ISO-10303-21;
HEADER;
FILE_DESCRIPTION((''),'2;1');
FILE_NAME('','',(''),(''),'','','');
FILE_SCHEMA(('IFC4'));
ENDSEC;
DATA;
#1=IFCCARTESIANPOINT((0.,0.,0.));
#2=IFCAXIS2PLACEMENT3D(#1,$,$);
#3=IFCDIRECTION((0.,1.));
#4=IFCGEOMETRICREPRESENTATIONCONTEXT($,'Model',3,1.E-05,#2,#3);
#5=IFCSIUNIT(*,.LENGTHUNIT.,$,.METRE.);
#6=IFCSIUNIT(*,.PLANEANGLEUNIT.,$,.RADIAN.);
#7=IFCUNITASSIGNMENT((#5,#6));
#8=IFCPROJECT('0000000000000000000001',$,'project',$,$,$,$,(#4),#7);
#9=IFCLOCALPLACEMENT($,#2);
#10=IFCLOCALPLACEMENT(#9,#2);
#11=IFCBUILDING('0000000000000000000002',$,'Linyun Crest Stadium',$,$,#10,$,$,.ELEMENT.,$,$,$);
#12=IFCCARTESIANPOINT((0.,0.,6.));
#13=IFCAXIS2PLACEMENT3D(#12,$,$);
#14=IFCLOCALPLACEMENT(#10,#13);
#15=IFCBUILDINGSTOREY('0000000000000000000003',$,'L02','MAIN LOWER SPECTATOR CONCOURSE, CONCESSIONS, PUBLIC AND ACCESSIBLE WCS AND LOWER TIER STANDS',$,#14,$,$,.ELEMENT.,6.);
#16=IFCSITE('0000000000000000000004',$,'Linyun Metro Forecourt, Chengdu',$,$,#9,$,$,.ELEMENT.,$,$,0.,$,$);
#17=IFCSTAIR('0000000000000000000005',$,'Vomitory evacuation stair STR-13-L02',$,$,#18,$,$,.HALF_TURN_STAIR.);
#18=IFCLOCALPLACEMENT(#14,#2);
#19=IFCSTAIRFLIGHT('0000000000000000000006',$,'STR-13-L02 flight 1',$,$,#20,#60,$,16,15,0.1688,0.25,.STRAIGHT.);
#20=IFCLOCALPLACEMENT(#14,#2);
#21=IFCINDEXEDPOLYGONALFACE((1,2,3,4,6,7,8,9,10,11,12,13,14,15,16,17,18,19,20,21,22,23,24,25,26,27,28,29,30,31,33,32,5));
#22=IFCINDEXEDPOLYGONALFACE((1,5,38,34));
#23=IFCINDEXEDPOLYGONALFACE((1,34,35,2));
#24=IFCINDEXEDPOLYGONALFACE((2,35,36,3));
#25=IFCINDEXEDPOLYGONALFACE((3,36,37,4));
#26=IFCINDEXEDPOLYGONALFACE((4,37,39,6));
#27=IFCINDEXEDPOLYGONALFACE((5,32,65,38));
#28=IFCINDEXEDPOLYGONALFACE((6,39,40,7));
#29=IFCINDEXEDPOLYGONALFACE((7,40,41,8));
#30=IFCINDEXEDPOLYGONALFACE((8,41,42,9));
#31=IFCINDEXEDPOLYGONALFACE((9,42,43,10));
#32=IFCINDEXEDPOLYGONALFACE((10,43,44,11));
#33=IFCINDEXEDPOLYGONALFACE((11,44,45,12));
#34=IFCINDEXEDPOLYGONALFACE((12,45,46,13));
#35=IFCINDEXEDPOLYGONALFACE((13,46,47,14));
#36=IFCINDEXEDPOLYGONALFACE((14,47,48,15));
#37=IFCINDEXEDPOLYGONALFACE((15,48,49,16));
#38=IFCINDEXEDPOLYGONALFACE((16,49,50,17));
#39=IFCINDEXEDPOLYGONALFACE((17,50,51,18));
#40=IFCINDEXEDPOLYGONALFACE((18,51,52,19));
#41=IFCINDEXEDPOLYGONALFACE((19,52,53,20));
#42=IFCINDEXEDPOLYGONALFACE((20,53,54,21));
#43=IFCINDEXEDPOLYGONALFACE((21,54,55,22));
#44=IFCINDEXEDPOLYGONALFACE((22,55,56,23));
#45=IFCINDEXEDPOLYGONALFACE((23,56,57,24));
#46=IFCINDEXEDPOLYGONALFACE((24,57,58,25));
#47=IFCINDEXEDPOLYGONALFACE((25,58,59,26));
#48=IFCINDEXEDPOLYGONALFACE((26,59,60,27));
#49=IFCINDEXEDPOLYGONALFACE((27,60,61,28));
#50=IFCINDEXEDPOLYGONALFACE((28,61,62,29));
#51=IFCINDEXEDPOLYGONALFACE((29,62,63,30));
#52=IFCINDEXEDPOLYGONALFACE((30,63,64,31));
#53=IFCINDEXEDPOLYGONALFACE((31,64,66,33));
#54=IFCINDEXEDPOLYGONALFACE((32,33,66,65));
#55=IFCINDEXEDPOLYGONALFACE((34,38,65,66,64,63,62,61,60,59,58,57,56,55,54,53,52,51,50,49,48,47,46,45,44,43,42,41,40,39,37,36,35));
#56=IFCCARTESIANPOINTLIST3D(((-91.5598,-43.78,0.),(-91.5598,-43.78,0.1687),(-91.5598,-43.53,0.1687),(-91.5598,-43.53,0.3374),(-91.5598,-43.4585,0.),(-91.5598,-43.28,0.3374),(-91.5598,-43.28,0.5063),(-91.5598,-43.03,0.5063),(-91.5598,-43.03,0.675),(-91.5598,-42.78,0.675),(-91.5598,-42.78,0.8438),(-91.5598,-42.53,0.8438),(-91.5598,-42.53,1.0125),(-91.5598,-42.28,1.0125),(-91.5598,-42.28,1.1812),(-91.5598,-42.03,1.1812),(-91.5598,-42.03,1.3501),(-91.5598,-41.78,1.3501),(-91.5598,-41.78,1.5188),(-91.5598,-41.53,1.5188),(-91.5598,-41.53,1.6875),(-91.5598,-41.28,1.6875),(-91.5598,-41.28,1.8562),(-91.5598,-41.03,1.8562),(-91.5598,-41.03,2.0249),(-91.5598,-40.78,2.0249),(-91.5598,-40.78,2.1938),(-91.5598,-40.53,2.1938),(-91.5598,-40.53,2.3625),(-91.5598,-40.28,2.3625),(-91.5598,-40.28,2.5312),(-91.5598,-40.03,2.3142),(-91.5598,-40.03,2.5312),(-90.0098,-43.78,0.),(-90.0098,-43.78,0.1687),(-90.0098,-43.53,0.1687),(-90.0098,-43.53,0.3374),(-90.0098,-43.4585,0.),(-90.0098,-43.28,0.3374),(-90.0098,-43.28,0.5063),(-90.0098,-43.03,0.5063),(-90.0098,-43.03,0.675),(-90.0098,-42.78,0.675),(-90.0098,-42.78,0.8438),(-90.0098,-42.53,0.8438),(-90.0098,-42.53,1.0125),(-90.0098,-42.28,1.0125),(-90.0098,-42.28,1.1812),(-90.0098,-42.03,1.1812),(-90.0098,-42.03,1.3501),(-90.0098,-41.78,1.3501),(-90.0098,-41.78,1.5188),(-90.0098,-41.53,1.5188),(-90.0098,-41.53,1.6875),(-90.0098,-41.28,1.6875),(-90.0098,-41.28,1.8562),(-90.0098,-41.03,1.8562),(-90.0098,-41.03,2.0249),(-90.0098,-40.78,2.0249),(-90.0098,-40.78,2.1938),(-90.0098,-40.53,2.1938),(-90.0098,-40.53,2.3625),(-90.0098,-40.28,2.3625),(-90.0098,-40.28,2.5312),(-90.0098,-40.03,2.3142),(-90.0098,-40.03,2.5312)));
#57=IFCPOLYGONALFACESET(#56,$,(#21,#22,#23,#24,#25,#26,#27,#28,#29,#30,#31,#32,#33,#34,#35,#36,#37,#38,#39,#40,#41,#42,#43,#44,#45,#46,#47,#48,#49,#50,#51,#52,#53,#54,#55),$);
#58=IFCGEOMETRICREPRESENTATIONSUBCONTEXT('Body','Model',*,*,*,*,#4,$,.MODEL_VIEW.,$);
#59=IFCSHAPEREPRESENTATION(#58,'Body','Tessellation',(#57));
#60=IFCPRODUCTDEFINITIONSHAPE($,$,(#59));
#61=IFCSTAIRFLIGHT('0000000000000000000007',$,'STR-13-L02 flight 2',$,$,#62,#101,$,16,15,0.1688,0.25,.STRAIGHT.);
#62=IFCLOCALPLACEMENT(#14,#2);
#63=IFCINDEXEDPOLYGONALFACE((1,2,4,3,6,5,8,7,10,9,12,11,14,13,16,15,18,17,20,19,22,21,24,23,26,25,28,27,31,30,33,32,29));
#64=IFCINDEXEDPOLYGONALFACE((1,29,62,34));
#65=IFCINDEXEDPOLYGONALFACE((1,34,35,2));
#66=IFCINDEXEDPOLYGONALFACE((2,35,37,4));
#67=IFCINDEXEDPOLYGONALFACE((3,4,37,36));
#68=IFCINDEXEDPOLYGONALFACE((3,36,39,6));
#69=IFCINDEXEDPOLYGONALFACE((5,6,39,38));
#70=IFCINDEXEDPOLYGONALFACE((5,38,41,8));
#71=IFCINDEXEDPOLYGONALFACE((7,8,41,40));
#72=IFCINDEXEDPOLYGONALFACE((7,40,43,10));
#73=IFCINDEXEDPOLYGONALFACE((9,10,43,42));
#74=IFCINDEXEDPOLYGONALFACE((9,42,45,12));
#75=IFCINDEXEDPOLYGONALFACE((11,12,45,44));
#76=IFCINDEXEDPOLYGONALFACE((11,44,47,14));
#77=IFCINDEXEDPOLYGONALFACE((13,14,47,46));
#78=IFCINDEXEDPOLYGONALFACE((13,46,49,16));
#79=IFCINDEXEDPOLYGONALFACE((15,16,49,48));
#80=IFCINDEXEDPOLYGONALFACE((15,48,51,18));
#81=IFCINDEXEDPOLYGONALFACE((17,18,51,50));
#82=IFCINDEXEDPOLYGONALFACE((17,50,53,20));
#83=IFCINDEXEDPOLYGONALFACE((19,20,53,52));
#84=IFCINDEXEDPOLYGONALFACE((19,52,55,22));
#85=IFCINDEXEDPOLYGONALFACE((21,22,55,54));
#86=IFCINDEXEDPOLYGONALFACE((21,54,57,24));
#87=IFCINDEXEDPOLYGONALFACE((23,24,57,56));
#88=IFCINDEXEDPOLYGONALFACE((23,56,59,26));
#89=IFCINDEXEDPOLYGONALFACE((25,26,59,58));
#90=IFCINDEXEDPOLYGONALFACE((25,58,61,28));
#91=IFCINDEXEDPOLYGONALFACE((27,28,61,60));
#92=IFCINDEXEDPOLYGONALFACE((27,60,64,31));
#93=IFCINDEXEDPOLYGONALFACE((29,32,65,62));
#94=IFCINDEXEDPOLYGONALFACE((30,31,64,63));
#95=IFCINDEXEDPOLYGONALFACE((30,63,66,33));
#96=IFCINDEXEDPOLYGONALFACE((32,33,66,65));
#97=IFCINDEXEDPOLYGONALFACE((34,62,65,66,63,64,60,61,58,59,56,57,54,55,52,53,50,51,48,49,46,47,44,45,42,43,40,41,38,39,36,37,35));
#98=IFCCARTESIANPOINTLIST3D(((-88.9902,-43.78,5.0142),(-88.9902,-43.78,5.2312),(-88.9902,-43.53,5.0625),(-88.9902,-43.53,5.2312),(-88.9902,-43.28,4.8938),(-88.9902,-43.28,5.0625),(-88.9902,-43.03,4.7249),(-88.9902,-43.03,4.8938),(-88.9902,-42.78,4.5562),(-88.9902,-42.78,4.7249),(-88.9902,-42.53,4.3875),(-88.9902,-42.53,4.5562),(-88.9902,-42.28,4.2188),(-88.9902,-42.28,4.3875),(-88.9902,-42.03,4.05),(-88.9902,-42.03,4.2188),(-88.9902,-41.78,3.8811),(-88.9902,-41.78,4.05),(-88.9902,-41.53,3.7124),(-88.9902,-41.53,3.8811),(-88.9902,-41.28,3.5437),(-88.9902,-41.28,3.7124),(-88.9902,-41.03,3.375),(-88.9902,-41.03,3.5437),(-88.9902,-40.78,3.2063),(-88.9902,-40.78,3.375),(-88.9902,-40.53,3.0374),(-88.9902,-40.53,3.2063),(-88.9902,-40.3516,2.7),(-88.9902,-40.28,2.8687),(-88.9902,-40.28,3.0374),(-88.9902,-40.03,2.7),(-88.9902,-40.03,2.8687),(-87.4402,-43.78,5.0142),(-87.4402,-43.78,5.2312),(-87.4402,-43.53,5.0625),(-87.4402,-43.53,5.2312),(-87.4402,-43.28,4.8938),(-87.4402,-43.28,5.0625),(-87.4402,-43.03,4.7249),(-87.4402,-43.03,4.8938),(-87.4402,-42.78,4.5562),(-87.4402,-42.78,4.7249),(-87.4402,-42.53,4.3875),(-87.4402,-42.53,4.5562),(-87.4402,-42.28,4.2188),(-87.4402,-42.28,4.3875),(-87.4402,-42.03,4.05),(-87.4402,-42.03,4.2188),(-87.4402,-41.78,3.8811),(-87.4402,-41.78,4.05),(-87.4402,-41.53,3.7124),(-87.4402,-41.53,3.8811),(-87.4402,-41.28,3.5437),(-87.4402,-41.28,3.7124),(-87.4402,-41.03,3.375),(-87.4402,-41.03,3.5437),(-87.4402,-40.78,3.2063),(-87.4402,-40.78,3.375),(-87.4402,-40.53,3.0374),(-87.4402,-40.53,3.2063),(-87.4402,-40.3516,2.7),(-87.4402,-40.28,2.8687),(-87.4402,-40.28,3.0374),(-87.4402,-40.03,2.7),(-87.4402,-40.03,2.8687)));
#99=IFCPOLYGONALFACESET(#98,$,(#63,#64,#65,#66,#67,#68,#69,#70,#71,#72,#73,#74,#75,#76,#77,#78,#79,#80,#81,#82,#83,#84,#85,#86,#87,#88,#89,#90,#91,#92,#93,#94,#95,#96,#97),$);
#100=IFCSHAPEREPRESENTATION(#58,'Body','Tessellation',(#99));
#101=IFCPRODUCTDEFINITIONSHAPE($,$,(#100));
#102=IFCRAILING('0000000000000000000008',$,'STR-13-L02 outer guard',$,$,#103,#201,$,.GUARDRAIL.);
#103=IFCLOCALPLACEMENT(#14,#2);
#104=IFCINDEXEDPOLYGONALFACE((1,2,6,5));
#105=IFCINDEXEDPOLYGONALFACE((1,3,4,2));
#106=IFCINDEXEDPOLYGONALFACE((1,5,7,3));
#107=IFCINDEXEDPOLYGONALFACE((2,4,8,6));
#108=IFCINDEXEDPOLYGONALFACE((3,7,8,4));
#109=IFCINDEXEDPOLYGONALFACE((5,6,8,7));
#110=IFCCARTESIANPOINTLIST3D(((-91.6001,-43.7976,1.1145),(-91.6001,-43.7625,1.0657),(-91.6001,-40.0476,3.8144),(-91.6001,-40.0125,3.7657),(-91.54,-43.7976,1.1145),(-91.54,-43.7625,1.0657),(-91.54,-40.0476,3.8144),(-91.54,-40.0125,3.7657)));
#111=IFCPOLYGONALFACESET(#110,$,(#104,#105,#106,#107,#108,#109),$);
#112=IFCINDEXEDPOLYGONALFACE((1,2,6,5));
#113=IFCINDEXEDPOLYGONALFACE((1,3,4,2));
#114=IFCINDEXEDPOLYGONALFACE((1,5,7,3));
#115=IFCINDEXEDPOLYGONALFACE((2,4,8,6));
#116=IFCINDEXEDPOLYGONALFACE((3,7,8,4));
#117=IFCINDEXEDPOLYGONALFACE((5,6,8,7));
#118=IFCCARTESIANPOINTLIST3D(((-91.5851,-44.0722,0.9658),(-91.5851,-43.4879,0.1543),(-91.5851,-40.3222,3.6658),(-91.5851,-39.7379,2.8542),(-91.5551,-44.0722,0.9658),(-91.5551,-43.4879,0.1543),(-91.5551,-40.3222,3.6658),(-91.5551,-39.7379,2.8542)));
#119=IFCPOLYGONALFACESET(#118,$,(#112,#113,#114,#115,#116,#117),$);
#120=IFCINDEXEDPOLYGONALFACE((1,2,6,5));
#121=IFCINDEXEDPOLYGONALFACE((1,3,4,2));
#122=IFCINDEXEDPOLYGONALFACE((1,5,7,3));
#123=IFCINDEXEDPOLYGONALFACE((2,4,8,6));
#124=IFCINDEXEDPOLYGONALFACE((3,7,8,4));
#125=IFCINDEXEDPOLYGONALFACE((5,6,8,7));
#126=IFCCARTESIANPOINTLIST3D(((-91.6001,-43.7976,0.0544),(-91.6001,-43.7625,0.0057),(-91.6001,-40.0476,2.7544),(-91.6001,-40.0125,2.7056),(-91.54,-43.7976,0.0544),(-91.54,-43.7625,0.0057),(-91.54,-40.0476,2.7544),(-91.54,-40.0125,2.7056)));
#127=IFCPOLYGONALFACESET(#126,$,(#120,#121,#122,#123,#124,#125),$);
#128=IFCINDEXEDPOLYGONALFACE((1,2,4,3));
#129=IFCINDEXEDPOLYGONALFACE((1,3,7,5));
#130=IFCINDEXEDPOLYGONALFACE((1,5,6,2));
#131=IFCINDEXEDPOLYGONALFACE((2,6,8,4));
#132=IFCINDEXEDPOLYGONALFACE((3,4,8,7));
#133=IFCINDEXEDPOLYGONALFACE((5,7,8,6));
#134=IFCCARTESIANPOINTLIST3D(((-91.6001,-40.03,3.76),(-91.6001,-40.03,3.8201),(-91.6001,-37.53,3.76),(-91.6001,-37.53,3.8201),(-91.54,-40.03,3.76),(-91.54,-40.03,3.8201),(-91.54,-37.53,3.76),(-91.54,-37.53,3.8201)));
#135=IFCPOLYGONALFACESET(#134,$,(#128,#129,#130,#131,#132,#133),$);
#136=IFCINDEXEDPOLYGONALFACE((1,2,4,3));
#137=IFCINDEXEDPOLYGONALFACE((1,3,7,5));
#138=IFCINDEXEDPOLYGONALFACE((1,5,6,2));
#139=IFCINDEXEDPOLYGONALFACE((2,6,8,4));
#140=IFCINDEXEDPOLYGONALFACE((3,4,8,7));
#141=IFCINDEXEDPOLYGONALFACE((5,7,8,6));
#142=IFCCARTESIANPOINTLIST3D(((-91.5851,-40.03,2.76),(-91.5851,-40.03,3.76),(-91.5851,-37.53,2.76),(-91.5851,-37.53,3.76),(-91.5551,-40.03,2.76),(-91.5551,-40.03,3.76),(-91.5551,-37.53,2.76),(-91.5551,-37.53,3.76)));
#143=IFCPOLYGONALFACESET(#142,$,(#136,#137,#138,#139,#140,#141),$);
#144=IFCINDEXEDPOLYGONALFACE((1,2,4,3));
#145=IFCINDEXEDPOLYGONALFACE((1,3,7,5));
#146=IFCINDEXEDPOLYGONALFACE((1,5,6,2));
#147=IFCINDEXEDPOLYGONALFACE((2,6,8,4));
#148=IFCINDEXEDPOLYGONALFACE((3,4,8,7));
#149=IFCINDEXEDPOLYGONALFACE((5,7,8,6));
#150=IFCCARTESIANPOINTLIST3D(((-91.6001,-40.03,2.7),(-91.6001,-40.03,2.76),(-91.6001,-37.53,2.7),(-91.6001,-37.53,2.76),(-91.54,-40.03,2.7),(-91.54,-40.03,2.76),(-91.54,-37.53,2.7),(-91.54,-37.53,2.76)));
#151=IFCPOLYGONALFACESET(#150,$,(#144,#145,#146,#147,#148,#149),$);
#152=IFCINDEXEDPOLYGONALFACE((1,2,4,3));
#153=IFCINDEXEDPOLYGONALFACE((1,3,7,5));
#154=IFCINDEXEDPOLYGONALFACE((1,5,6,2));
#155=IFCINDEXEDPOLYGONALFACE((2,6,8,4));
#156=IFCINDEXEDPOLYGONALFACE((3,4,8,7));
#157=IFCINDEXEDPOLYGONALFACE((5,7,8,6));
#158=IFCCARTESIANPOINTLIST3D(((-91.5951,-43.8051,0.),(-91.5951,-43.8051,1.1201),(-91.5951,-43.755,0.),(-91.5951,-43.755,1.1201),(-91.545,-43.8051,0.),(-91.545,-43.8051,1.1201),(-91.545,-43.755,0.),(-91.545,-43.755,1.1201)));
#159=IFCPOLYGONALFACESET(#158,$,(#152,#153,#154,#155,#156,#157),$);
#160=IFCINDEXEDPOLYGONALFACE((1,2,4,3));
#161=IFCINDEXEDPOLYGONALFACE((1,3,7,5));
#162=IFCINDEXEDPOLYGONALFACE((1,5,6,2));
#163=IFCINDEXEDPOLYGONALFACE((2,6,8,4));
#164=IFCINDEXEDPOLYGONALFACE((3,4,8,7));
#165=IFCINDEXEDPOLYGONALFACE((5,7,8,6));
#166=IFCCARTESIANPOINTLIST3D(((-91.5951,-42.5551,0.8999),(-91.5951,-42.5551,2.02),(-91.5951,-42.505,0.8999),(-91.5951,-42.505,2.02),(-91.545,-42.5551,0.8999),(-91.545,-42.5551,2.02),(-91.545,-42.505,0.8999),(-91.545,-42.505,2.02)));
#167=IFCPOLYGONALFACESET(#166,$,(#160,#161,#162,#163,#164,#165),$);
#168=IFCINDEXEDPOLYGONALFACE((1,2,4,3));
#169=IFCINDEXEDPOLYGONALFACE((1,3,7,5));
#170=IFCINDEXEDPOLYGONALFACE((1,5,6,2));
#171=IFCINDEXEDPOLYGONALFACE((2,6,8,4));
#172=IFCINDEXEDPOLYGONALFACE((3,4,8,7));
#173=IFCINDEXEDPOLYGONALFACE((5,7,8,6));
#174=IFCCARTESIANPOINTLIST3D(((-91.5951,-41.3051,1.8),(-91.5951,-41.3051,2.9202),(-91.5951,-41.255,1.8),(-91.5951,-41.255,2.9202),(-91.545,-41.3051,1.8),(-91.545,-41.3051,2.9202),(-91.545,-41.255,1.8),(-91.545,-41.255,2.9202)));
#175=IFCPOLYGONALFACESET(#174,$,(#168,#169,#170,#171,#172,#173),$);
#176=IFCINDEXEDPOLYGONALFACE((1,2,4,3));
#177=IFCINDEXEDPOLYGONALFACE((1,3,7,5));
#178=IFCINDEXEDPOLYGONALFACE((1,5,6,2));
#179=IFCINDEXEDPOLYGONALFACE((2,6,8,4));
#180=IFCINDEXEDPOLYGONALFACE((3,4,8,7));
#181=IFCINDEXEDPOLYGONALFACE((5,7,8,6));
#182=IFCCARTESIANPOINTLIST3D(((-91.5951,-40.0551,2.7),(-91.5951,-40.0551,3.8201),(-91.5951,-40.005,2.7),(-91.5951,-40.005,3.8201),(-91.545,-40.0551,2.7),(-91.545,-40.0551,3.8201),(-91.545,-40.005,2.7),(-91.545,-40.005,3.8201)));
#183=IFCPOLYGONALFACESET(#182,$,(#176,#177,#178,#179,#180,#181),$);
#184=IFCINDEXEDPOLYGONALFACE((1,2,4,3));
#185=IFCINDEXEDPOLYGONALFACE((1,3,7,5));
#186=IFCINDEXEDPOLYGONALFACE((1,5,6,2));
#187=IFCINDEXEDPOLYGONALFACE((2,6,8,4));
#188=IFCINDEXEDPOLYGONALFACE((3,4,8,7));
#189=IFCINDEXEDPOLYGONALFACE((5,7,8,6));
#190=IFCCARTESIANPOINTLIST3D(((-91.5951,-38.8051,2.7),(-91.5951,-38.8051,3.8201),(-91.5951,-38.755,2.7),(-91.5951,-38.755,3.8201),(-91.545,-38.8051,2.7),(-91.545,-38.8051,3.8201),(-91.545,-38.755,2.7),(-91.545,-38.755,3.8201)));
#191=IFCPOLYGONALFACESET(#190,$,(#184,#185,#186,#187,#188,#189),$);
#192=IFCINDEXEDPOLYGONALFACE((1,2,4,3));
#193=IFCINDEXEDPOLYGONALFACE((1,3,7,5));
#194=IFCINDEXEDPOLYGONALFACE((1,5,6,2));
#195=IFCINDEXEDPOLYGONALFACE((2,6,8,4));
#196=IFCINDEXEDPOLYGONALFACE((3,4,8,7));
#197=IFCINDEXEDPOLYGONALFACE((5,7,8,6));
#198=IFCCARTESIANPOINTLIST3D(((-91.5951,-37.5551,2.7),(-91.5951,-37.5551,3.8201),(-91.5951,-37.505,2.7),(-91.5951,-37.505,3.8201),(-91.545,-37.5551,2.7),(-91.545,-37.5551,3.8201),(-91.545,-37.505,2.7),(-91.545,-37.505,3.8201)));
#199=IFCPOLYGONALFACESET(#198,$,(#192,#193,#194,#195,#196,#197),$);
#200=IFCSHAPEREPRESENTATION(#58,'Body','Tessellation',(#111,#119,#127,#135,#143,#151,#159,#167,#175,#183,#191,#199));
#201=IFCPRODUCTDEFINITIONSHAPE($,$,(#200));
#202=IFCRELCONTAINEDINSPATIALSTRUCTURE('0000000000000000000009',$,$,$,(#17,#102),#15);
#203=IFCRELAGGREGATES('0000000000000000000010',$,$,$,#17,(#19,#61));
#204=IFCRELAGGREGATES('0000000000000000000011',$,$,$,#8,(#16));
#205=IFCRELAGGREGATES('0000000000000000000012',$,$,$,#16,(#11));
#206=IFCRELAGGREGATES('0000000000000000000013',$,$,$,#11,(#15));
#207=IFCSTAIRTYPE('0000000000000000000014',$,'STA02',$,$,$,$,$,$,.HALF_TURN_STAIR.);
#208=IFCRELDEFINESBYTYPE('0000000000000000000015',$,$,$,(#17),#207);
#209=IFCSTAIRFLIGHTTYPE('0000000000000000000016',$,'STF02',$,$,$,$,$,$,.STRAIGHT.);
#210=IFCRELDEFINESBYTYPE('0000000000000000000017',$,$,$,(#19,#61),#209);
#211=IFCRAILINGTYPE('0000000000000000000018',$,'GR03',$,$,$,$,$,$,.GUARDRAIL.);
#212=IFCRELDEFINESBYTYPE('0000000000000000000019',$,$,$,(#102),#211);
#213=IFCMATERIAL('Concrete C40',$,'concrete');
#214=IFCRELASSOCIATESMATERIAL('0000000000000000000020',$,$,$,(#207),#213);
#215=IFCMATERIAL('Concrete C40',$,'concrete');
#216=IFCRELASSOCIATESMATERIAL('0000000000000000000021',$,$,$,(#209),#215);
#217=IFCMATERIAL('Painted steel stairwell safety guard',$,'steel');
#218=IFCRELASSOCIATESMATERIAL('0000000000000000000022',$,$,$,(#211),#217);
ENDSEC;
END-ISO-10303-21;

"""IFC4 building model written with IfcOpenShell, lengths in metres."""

from ifc_helpers import new_model, si_unit, direction, frame, origin, origin_2d, place, context, subcontext, project, spatial, polyline, rectangle, outline, extrude, material, type_object, element, aggregate, save


model = new_model("IFC4")

# Units and contexts
model_context = context("Model", 3, precision=1e-05, world=origin(), true_north=direction((0.0, 1.0)))
body_context = subcontext(model_context, "Body", "Model", "MODEL_VIEW")
ifc_project = project(units=[si_unit("LENGTHUNIT", "METRE"), si_unit("PLANEANGLEUNIT", "RADIAN")], contexts=[model_context])

# Site, building, storey
site_placement = place(None, origin())
site = spatial("IfcSite", under=ifc_project, at=site_placement, Name="Linyun Metro Forecourt, Chengdu", CompositionType="ELEMENT", RefElevation=0.0)
building_placement = place(site_placement, origin())
building = spatial("IfcBuilding", under=site, at=building_placement, Name="Linyun Crest Stadium", CompositionType="ELEMENT")
storey_placement = place(building_placement, frame((0.0, 0.0, 6.0)))
storey = spatial("IfcBuildingStorey", under=building, at=storey_placement, Name="L02", Description="MAIN LOWER SPECTATOR CONCOURSE, CONCESSIONS, PUBLIC AND ACCESSIBLE WCS AND LOWER TIER STANDS", CompositionType="ELEMENT", Elevation=6.0)

# Stair, stair flights
ifc_material_1 = material(Name="Concrete C40", Category="concrete")
stair_type = type_object("IfcStairType", Name="STA02", PredefinedType="HALF_TURN_STAIR", material=ifc_material_1)
stair_placement = place(storey_placement, origin())
stair = element("IfcStair", 1, at=stair_placement, inside=storey, type_object=stair_type, Name="Vomitory evacuation stair STR-13-L02", PredefinedType="HALF_TURN_STAIR")
ifc_material_2 = material(Name="Concrete C40", Category="concrete")
stair_flight_type = type_object("IfcStairFlightType", Name="STF02", PredefinedType="STRAIGHT", material=ifc_material_2)
stair_flight_1_placement = place(storey_placement, frame((-90.7849, -43.78, 0.0), z_axis=(0.0, 0.0, 1.0), x_axis=(0.0, 1.0, 0.0)))
stair_flight_1 = element("IfcStairFlight", 2, at=stair_flight_1_placement, type_object=stair_flight_type, Name="STR-13-L02 flight 1", NumberOfRisers=16, NumberOfTreads=15, PredefinedType="STRAIGHT", RiserHeight=0.1688, TreadLength=0.25, context=body_context, shape_type="SweptSolid", body=[
    extrude(outline(polyline([(0.0, 0.0), (0.0, 0.1687), (0.25, 0.1687), (0.25, 0.3374), (0.5, 0.3374), (0.5, 0.5063), (0.75, 0.5063), (0.75, 0.675), (1.0, 0.675), (1.0, 0.8438), (1.25, 0.8438), (1.25, 1.0125), (1.5, 1.0125), (1.5, 1.1812), (1.75, 1.1812), (1.75, 1.3501), (2.0, 1.3501), (2.0, 1.5188), (2.25, 1.5188), (2.25, 1.6875), (2.5, 1.6875), (2.5, 1.8562), (2.75, 1.8562), (2.75, 2.0249), (3.0, 2.0249), (3.0, 2.1938), (3.25, 2.1938), (3.25, 2.3625), (3.5, 2.3625), (3.5, 2.5312), (3.75, 2.5312), (3.75, 2.7), (3.75, 2.3142), (0.3215, 0.0), (0.0, 0.0)])), frame((0.0, 0.7749, 0.0), z_axis=(0.0, -1.0, 0.0), x_axis=(1.0, 0.0, 0.0)), (0.0, 0.0, 1.0), 1.55),
])
stair_flight_2_placement = place(storey_placement, frame((-88.2151, -40.03, 2.7), z_axis=(0.0, 0.0, 1.0), x_axis=(0.0, -1.0, 0.0)))
stair_flight_2 = element("IfcStairFlight", 3, at=stair_flight_2_placement, type_object=stair_flight_type, Name="STR-13-L02 flight 2", NumberOfRisers=16, NumberOfTreads=15, PredefinedType="STRAIGHT", RiserHeight=0.1688, TreadLength=0.25, context=body_context, shape_type="SweptSolid", body=[
    extrude(outline(polyline([(0.0, 0.0), (0.0, 0.1687), (0.25, 0.1687), (0.25, 0.3374), (0.5, 0.3374), (0.5, 0.5063), (0.75, 0.5063), (0.75, 0.675), (1.0, 0.675), (1.0, 0.8438), (1.25, 0.8438), (1.25, 1.0125), (1.5, 1.0125), (1.5, 1.1812), (1.75, 1.1812), (1.75, 1.3501), (2.0, 1.3501), (2.0, 1.5188), (2.25, 1.5188), (2.25, 1.6875), (2.5, 1.6875), (2.5, 1.8562), (2.75, 1.8562), (2.75, 2.0249), (3.0, 2.0249), (3.0, 2.1938), (3.25, 2.1938), (3.25, 2.3625), (3.5, 2.3625), (3.5, 2.5312), (3.75, 2.5312), (3.75, 2.7), (3.75, 2.3142), (0.3215, 0.0), (0.0, 0.0)])), frame((0.0, 0.7749, 0.0), z_axis=(0.0, -1.0, 0.0), x_axis=(1.0, 0.0, 0.0)), (0.0, 0.0, 1.0), 1.55),
])
aggregate(stair, [stair_flight_1, stair_flight_2])

# Railing
ifc_material_3 = material(Name="Painted steel stairwell safety guard", Category="steel")
railing_type_1 = type_object("IfcRailingType", Name="GR03", PredefinedType="GUARDRAIL", material=ifc_material_3)
railing_1_placement = place(storey_placement, frame((-91.5701, -43.78, 0.0)))
element("IfcRailing", 4, at=railing_1_placement, inside=storey, type_object=railing_type_1, Name="STR-13-L02 outer guard", PredefinedType="GUARDRAIL", context=body_context, shape_type="SweptSolid", body=[
    extrude(rectangle(XDim=0.0601, YDim=0.0601, at=origin_2d()), frame((0.0, 0.0, 1.0901), z_axis=(0.0, 0.811539, 0.584298), x_axis=(-1.0, 0.0, 0.0)), (0.0, 0.0, 1.0), 4.6208),
    extrude(rectangle(XDim=0.03, YDim=1.0, at=origin_2d()), frame((0.0, 0.0, 0.5601), z_axis=(0.0, 0.811539, 0.584298), x_axis=(-1.0, 0.0, 0.0)), (0.0, 0.0, 1.0), 4.6208),
    extrude(rectangle(XDim=0.0601, YDim=0.0601, at=origin_2d()), frame((0.0, 0.0, 0.03), z_axis=(0.0, 0.811539, 0.584298), x_axis=(-1.0, 0.0, 0.0)), (0.0, 0.0, 1.0), 4.6208),
    extrude(rectangle(XDim=0.0601, YDim=0.0601, at=origin_2d()), frame((0.0, 3.75, 3.79), z_axis=(0.0, 1.0, 0.0), x_axis=(-1.0, 0.0, 0.0)), (0.0, 0.0, 1.0), 2.5),
    extrude(rectangle(XDim=0.03, YDim=1.0, at=origin_2d()), frame((0.0, 3.75, 3.26), z_axis=(0.0, 1.0, 0.0), x_axis=(-1.0, 0.0, 0.0)), (0.0, 0.0, 1.0), 2.5),
    extrude(rectangle(XDim=0.0601, YDim=0.0601, at=origin_2d()), frame((0.0, 3.75, 2.73), z_axis=(0.0, 1.0, 0.0), x_axis=(-1.0, 0.0, 0.0)), (0.0, 0.0, 1.0), 2.5),
    extrude(rectangle(XDim=0.05, YDim=0.05, at=origin_2d()), origin(), (0.0, 0.0, 1.0), 1.1201),
    extrude(rectangle(XDim=0.05, YDim=0.05, at=origin_2d()), frame((0.0, 1.25, 0.8999)), (0.0, 0.0, 1.0), 1.1201),
    extrude(rectangle(XDim=0.05, YDim=0.05, at=origin_2d()), frame((0.0, 2.5, 1.8)), (0.0, 0.0, 1.0), 1.1201),
    extrude(rectangle(XDim=0.05, YDim=0.05, at=origin_2d()), frame((0.0, 3.75, 2.7)), (0.0, 0.0, 1.0), 1.1201),
    extrude(rectangle(XDim=0.05, YDim=0.05, at=origin_2d()), frame((0.0, 5.0, 2.7)), (0.0, 0.0, 1.0), 1.1201),
    extrude(rectangle(XDim=0.05, YDim=0.05, at=origin_2d()), frame((0.0, 6.25, 2.7)), (0.0, 0.0, 1.0), 1.1201),
])

save(model, "model.ifc")
